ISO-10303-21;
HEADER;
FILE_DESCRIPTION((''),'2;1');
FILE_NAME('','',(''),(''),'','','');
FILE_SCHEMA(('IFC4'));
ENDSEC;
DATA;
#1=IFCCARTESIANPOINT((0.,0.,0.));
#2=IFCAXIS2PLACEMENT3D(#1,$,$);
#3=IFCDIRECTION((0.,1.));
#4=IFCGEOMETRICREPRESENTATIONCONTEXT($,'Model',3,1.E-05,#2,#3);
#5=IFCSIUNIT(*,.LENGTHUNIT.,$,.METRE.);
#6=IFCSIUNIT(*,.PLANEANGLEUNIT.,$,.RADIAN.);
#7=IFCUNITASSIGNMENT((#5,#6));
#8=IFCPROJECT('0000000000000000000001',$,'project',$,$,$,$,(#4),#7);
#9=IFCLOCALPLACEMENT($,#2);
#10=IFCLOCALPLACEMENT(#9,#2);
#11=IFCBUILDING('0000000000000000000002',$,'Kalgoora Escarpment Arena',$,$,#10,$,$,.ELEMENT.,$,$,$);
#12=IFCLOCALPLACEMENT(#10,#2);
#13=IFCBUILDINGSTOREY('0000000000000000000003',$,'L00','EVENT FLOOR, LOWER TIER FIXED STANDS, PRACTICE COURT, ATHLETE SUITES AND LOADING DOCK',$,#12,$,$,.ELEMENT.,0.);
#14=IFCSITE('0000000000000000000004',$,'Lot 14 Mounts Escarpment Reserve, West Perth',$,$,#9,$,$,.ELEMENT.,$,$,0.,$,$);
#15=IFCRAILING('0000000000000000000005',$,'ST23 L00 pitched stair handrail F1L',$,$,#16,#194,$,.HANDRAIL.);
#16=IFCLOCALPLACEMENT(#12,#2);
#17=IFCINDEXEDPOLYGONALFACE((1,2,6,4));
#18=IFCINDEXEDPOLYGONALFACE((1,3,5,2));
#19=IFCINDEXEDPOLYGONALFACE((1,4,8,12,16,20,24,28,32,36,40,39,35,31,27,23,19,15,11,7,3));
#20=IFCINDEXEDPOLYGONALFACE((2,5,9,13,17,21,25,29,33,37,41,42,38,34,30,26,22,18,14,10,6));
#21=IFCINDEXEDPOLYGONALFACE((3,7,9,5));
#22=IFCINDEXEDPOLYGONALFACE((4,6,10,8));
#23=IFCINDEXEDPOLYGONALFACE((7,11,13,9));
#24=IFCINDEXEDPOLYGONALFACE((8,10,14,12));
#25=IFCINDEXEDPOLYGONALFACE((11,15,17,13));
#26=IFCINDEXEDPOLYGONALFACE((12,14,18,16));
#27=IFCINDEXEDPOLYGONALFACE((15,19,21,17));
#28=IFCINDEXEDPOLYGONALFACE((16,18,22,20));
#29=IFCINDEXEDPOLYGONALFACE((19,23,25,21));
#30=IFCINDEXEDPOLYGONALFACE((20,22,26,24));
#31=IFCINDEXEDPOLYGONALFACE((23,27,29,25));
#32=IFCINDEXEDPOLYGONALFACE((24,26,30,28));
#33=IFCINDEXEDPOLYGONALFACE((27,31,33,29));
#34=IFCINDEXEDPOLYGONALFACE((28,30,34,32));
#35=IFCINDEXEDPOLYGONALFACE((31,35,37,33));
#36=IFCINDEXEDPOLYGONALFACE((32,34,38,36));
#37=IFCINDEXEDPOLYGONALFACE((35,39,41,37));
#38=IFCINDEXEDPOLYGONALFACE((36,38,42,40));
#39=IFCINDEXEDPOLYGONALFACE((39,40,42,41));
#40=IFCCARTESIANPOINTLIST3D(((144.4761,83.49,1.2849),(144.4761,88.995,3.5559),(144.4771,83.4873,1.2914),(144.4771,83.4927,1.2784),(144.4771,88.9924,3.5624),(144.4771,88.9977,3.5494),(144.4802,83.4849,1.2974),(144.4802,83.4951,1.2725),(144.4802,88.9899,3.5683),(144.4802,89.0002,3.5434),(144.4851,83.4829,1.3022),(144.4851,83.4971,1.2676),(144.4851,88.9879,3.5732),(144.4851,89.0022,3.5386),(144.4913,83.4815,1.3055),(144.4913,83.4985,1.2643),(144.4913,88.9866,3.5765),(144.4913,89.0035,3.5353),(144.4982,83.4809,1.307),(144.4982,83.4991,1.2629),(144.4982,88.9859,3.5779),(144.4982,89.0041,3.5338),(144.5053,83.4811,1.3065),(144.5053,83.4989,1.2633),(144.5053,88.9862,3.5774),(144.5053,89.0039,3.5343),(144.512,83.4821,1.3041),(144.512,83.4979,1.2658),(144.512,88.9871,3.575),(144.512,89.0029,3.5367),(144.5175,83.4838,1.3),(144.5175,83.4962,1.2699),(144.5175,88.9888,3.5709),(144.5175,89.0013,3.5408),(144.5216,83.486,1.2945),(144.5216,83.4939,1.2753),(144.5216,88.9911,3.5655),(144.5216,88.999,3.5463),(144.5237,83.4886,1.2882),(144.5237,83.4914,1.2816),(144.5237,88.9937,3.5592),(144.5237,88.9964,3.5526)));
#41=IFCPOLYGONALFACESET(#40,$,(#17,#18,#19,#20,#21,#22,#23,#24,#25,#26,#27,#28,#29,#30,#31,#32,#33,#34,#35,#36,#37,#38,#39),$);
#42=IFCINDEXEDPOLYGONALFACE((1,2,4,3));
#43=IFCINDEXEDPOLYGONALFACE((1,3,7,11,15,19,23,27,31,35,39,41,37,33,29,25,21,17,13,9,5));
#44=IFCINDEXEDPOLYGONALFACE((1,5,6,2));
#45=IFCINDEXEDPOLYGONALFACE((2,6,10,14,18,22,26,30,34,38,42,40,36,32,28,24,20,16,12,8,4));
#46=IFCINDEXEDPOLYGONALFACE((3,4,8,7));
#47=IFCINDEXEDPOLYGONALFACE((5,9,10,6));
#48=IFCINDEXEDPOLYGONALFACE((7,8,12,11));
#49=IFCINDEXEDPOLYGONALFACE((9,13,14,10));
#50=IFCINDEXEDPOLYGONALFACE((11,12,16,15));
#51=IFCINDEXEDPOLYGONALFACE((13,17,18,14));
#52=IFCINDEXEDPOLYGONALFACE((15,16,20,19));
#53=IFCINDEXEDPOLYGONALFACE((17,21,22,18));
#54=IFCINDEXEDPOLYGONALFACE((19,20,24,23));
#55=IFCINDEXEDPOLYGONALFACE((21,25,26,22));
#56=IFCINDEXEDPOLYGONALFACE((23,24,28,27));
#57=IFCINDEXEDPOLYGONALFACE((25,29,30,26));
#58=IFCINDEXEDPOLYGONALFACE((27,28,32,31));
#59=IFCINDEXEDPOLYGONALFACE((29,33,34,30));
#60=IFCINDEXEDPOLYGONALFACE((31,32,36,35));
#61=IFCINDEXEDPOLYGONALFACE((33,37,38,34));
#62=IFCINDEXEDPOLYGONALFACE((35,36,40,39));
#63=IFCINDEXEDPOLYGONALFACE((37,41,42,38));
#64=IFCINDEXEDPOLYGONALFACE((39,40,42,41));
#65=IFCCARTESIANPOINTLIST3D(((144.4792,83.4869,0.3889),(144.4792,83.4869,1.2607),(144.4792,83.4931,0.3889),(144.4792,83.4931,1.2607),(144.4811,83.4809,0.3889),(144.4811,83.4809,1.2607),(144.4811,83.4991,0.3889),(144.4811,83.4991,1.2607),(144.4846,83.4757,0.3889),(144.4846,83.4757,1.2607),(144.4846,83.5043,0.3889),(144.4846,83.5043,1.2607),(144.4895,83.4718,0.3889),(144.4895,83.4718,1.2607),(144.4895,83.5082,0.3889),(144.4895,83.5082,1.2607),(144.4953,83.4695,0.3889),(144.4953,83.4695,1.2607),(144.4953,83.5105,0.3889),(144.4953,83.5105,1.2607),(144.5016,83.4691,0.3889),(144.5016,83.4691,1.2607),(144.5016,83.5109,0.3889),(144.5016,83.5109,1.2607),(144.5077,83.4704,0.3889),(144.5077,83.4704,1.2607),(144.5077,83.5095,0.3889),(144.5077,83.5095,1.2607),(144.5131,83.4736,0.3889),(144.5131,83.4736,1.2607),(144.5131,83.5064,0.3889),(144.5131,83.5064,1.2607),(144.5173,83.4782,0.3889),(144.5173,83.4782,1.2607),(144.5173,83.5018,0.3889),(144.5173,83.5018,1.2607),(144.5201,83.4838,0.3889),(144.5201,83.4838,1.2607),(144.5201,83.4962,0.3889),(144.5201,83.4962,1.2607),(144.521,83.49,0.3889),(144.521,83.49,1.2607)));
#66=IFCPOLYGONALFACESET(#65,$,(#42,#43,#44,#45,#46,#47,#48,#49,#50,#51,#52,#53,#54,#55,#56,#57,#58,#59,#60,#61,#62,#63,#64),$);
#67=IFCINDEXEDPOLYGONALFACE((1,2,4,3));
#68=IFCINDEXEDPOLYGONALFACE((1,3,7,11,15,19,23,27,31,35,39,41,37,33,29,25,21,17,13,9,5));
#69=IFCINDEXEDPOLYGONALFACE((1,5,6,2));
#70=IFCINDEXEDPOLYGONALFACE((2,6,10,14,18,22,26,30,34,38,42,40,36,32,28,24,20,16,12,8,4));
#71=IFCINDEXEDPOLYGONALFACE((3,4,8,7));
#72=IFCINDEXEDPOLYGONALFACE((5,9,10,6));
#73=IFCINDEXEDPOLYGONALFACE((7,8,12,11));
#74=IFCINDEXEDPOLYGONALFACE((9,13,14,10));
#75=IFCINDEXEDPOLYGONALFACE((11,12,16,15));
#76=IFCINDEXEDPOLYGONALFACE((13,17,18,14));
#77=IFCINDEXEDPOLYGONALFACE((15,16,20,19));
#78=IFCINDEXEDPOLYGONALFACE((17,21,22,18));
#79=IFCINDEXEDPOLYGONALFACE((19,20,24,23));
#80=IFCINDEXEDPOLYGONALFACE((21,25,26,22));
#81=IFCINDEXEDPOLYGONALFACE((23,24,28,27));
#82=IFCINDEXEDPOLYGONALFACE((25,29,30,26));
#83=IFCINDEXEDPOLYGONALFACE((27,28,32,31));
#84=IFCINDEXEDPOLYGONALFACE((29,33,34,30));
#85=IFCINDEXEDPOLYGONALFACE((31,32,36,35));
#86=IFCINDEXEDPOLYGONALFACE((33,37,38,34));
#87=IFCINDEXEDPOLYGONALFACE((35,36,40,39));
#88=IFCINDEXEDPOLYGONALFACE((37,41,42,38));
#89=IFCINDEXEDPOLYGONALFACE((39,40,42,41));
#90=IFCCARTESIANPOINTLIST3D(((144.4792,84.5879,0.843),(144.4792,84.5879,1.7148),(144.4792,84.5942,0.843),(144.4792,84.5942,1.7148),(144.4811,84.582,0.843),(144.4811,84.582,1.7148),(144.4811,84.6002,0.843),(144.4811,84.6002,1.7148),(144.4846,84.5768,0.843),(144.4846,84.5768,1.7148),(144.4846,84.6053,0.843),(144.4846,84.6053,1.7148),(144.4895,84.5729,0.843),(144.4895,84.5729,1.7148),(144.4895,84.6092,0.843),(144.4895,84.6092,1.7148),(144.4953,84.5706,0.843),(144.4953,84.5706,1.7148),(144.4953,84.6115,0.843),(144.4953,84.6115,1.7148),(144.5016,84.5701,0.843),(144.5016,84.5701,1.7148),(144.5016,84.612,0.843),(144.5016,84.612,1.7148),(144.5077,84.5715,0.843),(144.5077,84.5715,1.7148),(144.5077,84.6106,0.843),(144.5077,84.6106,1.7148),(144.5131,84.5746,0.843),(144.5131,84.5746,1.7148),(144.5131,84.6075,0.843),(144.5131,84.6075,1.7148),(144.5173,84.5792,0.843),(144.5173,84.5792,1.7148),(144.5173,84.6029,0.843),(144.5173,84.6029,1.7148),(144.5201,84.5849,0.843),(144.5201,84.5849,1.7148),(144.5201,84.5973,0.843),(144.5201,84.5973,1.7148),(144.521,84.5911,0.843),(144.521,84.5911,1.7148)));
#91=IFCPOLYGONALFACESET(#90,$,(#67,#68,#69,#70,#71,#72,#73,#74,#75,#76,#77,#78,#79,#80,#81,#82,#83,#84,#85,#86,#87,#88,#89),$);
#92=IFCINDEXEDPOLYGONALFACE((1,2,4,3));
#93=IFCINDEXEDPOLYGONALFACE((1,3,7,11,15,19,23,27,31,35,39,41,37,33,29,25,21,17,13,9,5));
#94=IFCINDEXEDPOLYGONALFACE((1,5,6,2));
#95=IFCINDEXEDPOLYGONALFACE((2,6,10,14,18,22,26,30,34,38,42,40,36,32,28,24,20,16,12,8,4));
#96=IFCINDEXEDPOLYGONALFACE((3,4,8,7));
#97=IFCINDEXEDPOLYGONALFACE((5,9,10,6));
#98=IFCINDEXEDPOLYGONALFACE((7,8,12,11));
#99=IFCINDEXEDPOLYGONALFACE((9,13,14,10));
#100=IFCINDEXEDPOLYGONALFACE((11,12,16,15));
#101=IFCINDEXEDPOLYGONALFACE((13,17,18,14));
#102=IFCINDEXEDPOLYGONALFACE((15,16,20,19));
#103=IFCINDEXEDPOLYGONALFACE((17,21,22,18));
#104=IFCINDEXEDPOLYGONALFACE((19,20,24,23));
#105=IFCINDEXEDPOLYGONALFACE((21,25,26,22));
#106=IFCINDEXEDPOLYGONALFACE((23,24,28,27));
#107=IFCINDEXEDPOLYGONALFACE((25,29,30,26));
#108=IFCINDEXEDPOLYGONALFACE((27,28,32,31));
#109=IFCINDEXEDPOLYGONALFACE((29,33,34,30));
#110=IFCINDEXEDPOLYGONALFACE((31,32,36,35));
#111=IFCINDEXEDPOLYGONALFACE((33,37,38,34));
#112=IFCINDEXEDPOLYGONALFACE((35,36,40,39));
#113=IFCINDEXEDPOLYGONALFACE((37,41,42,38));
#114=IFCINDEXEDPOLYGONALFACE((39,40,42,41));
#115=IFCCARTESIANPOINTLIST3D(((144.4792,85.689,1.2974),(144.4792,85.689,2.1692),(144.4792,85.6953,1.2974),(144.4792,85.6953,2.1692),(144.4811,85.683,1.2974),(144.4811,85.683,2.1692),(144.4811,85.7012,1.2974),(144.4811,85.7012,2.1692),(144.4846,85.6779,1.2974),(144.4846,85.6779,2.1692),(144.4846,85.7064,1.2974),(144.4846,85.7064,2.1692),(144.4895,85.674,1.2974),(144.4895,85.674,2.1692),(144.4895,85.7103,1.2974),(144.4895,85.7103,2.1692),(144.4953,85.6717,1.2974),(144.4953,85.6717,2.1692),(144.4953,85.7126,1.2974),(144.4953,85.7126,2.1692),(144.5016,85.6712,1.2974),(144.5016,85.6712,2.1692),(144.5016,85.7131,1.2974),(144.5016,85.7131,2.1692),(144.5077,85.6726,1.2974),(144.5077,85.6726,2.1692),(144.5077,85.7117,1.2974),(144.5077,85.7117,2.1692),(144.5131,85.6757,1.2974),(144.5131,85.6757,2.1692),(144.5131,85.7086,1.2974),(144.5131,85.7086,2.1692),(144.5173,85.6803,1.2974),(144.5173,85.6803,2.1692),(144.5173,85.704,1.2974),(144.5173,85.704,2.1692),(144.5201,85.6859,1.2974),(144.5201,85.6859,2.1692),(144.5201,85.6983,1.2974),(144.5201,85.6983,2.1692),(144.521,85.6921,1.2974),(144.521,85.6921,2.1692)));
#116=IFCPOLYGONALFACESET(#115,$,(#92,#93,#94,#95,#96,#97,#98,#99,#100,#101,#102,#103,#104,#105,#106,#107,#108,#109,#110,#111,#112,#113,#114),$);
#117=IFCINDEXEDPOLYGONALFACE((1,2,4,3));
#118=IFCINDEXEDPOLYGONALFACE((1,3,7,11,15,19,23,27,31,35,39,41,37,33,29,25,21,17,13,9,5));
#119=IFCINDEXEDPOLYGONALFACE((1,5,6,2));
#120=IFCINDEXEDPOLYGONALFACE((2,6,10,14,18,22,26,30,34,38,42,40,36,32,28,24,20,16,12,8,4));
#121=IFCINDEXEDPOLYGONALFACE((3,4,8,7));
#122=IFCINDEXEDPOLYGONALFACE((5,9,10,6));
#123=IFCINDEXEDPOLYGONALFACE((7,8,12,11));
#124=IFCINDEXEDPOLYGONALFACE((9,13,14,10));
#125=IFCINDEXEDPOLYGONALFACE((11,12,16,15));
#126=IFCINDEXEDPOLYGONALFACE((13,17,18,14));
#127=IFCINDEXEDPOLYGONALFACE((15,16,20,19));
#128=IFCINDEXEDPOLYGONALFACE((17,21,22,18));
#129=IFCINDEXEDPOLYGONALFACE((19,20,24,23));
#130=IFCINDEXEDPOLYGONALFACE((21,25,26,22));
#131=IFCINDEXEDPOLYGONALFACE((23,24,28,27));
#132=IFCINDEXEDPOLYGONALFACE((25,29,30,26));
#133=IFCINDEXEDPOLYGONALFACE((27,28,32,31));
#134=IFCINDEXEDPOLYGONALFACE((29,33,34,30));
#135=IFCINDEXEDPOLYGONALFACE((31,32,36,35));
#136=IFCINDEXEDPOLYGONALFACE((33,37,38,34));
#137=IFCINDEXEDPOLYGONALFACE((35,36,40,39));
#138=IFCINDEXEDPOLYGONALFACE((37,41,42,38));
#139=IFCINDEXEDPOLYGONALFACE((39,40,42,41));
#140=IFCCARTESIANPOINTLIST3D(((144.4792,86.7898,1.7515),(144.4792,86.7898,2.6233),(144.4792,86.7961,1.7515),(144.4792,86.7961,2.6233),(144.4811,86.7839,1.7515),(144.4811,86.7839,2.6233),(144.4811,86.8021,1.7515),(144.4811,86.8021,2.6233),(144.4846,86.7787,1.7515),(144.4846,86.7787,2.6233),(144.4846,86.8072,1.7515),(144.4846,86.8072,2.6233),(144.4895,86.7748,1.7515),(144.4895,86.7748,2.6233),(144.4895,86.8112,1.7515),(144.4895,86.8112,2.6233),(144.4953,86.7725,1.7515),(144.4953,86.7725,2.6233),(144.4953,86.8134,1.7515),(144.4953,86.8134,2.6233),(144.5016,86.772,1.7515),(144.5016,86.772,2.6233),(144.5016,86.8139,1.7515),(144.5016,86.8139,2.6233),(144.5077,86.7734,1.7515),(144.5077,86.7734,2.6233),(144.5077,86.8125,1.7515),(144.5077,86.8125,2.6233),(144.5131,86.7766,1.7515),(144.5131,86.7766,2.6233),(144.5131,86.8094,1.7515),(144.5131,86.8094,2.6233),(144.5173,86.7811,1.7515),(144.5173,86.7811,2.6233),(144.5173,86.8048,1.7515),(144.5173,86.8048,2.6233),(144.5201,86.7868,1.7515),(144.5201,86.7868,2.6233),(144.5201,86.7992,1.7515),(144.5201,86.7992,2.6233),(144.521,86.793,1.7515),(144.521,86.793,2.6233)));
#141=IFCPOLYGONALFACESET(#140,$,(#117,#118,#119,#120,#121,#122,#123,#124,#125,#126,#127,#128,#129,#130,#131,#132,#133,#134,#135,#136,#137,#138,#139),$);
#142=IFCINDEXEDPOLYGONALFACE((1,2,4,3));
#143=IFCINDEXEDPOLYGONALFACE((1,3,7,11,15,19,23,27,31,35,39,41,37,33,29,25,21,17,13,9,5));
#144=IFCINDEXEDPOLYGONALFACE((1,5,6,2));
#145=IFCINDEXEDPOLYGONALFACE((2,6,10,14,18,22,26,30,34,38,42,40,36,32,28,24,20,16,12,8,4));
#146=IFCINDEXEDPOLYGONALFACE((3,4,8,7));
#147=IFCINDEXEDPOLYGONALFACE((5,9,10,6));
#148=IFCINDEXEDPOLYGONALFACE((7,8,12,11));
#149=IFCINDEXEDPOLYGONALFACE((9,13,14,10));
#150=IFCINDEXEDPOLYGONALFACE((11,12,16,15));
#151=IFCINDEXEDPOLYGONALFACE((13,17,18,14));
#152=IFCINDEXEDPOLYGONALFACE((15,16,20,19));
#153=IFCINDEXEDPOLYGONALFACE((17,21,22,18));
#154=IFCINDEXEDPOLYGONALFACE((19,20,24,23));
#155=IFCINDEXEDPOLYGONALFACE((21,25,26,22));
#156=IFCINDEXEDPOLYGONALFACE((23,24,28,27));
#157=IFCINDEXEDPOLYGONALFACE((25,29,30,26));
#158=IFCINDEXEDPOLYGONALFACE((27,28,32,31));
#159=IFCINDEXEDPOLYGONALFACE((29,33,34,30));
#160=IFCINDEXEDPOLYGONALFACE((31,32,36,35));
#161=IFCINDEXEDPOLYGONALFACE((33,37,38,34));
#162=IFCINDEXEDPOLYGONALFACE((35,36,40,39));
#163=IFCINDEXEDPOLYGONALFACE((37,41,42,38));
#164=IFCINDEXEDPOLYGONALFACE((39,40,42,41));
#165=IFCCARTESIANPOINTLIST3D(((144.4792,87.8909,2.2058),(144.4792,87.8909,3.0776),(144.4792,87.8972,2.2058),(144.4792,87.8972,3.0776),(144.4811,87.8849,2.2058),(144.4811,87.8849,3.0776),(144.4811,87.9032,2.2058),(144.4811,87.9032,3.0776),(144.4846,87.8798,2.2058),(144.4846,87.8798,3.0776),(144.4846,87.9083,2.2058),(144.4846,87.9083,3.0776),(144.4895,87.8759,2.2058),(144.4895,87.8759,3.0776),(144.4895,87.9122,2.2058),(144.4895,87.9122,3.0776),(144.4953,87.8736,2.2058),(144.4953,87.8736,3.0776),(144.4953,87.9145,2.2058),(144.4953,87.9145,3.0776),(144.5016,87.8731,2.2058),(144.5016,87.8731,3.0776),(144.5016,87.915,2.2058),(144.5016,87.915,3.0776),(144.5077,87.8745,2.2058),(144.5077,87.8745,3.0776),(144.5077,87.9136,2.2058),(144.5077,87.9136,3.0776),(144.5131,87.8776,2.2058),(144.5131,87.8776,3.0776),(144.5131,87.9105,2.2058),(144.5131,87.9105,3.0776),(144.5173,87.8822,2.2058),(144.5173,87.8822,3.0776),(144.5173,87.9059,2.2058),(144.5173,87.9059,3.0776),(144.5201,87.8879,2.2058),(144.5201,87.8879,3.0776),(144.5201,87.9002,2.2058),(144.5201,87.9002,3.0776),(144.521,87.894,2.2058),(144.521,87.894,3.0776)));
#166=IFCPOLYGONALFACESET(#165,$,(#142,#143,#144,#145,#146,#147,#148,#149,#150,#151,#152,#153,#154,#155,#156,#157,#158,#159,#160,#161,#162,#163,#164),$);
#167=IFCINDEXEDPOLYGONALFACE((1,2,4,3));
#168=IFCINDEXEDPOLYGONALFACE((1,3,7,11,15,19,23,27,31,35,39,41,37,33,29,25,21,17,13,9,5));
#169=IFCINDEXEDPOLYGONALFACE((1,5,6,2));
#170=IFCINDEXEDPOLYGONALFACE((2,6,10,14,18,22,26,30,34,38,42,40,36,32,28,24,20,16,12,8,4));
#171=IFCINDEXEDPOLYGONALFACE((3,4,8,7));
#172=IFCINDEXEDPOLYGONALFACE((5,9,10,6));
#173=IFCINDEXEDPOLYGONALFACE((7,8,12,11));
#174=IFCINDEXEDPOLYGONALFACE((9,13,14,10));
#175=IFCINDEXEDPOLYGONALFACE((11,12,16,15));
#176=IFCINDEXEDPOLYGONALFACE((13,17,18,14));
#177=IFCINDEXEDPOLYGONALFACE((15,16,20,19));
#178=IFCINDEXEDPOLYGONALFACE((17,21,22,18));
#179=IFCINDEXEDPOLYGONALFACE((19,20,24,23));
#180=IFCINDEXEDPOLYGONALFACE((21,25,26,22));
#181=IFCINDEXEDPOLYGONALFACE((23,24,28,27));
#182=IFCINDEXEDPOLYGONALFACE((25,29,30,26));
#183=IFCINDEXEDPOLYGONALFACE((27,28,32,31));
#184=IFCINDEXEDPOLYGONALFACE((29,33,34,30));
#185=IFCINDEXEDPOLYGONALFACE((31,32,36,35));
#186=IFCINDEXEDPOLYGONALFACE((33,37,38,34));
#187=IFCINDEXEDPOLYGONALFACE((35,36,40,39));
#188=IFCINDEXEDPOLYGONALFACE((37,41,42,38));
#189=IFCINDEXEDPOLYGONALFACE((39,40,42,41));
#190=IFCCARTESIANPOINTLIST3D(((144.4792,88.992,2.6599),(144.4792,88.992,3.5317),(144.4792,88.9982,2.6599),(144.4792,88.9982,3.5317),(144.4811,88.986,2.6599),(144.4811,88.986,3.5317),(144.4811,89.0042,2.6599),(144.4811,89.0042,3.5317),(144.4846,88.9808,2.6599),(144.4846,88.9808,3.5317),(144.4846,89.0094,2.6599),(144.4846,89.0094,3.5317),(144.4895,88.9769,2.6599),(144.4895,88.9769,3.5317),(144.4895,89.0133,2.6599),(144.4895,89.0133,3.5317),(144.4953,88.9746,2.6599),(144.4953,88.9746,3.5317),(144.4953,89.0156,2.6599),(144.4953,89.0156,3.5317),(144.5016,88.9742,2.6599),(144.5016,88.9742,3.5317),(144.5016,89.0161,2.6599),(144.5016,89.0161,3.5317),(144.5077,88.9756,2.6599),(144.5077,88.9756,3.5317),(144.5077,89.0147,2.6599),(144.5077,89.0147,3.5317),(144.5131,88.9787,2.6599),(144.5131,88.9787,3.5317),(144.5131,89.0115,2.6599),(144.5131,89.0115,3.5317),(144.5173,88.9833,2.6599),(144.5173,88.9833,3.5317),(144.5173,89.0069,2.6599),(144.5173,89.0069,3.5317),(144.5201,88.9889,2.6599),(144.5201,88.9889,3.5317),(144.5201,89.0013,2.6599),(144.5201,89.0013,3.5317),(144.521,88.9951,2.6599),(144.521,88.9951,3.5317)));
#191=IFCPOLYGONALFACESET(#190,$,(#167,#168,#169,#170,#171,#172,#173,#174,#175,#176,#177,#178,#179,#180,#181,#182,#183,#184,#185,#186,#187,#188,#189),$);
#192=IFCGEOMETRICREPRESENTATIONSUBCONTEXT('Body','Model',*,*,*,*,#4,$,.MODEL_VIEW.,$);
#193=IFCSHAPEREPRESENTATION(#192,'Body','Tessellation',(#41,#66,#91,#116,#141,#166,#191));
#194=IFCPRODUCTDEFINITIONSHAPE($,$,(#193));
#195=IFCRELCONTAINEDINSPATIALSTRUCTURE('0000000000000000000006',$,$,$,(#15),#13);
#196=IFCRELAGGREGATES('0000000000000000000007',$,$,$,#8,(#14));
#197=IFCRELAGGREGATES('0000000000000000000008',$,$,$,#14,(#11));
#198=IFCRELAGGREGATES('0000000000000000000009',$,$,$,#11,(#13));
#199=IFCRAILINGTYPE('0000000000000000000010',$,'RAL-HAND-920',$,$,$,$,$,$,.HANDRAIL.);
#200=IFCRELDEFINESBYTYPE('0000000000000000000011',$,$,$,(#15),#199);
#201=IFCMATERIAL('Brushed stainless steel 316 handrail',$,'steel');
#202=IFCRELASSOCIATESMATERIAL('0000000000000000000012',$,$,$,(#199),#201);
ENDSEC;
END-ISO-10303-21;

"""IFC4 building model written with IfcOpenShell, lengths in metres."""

from ifc_helpers import new_model, si_unit, direction, frame, origin, origin_2d, place, context, subcontext, project, spatial, circle, extrude, material, type_object, element, save


model = new_model("IFC4")

# Units and contexts
model_context = context("Model", 3, precision=1e-05, world=origin(), true_north=direction((0.0, 1.0)))
body_context = subcontext(model_context, "Body", "Model", "MODEL_VIEW")
ifc_project = project(units=[si_unit("LENGTHUNIT", "METRE"), si_unit("PLANEANGLEUNIT", "RADIAN")], contexts=[model_context])

# Site, building, storey
site_placement = place(None, origin())
site = spatial("IfcSite", under=ifc_project, at=site_placement, Name="Lot 14 Mounts Escarpment Reserve, West Perth", CompositionType="ELEMENT", RefElevation=0.0)
building_placement = place(site_placement, origin())
building = spatial("IfcBuilding", under=site, at=building_placement, Name="Kalgoora Escarpment Arena", CompositionType="ELEMENT")
storey_placement = place(building_placement, origin())
storey = spatial("IfcBuildingStorey", under=building, at=storey_placement, Name="L00", Description="EVENT FLOOR, LOWER TIER FIXED STANDS, PRACTICE COURT, ATHLETE SUITES AND LOADING DOCK", CompositionType="ELEMENT", Elevation=0.0)

# Railing
ifc_material_1 = material(Name="Brushed stainless steel 316 handrail", Category="steel")
railing_type_1 = type_object("IfcRailingType", Name="RAL-HAND-920", PredefinedType="HANDRAIL", material=ifc_material_1)
for number, where, name in (
    (1, (144.5, 83.49, 0.3889), "ST23 L00 pitched stair handrail F1L"),
):
    element("IfcRailing", number, at=place(storey_placement, frame(where)), inside=storey, type_object=railing_type_1, Name=name, PredefinedType="HANDRAIL", context=body_context, shape_type="SweptSolid", body=[
        extrude(circle(Radius=0.0239, at=origin_2d()), frame((0.0, 0.0, 0.896), z_axis=(0.0, 0.924431, 0.38135), x_axis=(-1.0, 0.0, 0.0)), (0.0, 0.0, 1.0), 5.9551),
        extrude(circle(Radius=0.021, at=origin_2d()), origin(), (0.0, 0.0, 1.0), 0.8718),
        extrude(circle(Radius=0.021, at=origin_2d()), frame((0.0, 1.1011, 0.4541)), (0.0, 0.0, 1.0), 0.8718),
        extrude(circle(Radius=0.021, at=origin_2d()), frame((0.0, 2.2021, 0.9084)), (0.0, 0.0, 1.0), 0.8718),
        extrude(circle(Radius=0.021, at=origin_2d()), frame((0.0, 3.303, 1.3625)), (0.0, 0.0, 1.0), 0.8718),
        extrude(circle(Radius=0.021, at=origin_2d()), frame((0.0, 4.4041, 1.8169)), (0.0, 0.0, 1.0), 0.8718),
        extrude(circle(Radius=0.021, at=origin_2d()), frame((0.0, 5.5051, 2.271)), (0.0, 0.0, 1.0), 0.8718),
    ])

save(model, "model.ifc")
